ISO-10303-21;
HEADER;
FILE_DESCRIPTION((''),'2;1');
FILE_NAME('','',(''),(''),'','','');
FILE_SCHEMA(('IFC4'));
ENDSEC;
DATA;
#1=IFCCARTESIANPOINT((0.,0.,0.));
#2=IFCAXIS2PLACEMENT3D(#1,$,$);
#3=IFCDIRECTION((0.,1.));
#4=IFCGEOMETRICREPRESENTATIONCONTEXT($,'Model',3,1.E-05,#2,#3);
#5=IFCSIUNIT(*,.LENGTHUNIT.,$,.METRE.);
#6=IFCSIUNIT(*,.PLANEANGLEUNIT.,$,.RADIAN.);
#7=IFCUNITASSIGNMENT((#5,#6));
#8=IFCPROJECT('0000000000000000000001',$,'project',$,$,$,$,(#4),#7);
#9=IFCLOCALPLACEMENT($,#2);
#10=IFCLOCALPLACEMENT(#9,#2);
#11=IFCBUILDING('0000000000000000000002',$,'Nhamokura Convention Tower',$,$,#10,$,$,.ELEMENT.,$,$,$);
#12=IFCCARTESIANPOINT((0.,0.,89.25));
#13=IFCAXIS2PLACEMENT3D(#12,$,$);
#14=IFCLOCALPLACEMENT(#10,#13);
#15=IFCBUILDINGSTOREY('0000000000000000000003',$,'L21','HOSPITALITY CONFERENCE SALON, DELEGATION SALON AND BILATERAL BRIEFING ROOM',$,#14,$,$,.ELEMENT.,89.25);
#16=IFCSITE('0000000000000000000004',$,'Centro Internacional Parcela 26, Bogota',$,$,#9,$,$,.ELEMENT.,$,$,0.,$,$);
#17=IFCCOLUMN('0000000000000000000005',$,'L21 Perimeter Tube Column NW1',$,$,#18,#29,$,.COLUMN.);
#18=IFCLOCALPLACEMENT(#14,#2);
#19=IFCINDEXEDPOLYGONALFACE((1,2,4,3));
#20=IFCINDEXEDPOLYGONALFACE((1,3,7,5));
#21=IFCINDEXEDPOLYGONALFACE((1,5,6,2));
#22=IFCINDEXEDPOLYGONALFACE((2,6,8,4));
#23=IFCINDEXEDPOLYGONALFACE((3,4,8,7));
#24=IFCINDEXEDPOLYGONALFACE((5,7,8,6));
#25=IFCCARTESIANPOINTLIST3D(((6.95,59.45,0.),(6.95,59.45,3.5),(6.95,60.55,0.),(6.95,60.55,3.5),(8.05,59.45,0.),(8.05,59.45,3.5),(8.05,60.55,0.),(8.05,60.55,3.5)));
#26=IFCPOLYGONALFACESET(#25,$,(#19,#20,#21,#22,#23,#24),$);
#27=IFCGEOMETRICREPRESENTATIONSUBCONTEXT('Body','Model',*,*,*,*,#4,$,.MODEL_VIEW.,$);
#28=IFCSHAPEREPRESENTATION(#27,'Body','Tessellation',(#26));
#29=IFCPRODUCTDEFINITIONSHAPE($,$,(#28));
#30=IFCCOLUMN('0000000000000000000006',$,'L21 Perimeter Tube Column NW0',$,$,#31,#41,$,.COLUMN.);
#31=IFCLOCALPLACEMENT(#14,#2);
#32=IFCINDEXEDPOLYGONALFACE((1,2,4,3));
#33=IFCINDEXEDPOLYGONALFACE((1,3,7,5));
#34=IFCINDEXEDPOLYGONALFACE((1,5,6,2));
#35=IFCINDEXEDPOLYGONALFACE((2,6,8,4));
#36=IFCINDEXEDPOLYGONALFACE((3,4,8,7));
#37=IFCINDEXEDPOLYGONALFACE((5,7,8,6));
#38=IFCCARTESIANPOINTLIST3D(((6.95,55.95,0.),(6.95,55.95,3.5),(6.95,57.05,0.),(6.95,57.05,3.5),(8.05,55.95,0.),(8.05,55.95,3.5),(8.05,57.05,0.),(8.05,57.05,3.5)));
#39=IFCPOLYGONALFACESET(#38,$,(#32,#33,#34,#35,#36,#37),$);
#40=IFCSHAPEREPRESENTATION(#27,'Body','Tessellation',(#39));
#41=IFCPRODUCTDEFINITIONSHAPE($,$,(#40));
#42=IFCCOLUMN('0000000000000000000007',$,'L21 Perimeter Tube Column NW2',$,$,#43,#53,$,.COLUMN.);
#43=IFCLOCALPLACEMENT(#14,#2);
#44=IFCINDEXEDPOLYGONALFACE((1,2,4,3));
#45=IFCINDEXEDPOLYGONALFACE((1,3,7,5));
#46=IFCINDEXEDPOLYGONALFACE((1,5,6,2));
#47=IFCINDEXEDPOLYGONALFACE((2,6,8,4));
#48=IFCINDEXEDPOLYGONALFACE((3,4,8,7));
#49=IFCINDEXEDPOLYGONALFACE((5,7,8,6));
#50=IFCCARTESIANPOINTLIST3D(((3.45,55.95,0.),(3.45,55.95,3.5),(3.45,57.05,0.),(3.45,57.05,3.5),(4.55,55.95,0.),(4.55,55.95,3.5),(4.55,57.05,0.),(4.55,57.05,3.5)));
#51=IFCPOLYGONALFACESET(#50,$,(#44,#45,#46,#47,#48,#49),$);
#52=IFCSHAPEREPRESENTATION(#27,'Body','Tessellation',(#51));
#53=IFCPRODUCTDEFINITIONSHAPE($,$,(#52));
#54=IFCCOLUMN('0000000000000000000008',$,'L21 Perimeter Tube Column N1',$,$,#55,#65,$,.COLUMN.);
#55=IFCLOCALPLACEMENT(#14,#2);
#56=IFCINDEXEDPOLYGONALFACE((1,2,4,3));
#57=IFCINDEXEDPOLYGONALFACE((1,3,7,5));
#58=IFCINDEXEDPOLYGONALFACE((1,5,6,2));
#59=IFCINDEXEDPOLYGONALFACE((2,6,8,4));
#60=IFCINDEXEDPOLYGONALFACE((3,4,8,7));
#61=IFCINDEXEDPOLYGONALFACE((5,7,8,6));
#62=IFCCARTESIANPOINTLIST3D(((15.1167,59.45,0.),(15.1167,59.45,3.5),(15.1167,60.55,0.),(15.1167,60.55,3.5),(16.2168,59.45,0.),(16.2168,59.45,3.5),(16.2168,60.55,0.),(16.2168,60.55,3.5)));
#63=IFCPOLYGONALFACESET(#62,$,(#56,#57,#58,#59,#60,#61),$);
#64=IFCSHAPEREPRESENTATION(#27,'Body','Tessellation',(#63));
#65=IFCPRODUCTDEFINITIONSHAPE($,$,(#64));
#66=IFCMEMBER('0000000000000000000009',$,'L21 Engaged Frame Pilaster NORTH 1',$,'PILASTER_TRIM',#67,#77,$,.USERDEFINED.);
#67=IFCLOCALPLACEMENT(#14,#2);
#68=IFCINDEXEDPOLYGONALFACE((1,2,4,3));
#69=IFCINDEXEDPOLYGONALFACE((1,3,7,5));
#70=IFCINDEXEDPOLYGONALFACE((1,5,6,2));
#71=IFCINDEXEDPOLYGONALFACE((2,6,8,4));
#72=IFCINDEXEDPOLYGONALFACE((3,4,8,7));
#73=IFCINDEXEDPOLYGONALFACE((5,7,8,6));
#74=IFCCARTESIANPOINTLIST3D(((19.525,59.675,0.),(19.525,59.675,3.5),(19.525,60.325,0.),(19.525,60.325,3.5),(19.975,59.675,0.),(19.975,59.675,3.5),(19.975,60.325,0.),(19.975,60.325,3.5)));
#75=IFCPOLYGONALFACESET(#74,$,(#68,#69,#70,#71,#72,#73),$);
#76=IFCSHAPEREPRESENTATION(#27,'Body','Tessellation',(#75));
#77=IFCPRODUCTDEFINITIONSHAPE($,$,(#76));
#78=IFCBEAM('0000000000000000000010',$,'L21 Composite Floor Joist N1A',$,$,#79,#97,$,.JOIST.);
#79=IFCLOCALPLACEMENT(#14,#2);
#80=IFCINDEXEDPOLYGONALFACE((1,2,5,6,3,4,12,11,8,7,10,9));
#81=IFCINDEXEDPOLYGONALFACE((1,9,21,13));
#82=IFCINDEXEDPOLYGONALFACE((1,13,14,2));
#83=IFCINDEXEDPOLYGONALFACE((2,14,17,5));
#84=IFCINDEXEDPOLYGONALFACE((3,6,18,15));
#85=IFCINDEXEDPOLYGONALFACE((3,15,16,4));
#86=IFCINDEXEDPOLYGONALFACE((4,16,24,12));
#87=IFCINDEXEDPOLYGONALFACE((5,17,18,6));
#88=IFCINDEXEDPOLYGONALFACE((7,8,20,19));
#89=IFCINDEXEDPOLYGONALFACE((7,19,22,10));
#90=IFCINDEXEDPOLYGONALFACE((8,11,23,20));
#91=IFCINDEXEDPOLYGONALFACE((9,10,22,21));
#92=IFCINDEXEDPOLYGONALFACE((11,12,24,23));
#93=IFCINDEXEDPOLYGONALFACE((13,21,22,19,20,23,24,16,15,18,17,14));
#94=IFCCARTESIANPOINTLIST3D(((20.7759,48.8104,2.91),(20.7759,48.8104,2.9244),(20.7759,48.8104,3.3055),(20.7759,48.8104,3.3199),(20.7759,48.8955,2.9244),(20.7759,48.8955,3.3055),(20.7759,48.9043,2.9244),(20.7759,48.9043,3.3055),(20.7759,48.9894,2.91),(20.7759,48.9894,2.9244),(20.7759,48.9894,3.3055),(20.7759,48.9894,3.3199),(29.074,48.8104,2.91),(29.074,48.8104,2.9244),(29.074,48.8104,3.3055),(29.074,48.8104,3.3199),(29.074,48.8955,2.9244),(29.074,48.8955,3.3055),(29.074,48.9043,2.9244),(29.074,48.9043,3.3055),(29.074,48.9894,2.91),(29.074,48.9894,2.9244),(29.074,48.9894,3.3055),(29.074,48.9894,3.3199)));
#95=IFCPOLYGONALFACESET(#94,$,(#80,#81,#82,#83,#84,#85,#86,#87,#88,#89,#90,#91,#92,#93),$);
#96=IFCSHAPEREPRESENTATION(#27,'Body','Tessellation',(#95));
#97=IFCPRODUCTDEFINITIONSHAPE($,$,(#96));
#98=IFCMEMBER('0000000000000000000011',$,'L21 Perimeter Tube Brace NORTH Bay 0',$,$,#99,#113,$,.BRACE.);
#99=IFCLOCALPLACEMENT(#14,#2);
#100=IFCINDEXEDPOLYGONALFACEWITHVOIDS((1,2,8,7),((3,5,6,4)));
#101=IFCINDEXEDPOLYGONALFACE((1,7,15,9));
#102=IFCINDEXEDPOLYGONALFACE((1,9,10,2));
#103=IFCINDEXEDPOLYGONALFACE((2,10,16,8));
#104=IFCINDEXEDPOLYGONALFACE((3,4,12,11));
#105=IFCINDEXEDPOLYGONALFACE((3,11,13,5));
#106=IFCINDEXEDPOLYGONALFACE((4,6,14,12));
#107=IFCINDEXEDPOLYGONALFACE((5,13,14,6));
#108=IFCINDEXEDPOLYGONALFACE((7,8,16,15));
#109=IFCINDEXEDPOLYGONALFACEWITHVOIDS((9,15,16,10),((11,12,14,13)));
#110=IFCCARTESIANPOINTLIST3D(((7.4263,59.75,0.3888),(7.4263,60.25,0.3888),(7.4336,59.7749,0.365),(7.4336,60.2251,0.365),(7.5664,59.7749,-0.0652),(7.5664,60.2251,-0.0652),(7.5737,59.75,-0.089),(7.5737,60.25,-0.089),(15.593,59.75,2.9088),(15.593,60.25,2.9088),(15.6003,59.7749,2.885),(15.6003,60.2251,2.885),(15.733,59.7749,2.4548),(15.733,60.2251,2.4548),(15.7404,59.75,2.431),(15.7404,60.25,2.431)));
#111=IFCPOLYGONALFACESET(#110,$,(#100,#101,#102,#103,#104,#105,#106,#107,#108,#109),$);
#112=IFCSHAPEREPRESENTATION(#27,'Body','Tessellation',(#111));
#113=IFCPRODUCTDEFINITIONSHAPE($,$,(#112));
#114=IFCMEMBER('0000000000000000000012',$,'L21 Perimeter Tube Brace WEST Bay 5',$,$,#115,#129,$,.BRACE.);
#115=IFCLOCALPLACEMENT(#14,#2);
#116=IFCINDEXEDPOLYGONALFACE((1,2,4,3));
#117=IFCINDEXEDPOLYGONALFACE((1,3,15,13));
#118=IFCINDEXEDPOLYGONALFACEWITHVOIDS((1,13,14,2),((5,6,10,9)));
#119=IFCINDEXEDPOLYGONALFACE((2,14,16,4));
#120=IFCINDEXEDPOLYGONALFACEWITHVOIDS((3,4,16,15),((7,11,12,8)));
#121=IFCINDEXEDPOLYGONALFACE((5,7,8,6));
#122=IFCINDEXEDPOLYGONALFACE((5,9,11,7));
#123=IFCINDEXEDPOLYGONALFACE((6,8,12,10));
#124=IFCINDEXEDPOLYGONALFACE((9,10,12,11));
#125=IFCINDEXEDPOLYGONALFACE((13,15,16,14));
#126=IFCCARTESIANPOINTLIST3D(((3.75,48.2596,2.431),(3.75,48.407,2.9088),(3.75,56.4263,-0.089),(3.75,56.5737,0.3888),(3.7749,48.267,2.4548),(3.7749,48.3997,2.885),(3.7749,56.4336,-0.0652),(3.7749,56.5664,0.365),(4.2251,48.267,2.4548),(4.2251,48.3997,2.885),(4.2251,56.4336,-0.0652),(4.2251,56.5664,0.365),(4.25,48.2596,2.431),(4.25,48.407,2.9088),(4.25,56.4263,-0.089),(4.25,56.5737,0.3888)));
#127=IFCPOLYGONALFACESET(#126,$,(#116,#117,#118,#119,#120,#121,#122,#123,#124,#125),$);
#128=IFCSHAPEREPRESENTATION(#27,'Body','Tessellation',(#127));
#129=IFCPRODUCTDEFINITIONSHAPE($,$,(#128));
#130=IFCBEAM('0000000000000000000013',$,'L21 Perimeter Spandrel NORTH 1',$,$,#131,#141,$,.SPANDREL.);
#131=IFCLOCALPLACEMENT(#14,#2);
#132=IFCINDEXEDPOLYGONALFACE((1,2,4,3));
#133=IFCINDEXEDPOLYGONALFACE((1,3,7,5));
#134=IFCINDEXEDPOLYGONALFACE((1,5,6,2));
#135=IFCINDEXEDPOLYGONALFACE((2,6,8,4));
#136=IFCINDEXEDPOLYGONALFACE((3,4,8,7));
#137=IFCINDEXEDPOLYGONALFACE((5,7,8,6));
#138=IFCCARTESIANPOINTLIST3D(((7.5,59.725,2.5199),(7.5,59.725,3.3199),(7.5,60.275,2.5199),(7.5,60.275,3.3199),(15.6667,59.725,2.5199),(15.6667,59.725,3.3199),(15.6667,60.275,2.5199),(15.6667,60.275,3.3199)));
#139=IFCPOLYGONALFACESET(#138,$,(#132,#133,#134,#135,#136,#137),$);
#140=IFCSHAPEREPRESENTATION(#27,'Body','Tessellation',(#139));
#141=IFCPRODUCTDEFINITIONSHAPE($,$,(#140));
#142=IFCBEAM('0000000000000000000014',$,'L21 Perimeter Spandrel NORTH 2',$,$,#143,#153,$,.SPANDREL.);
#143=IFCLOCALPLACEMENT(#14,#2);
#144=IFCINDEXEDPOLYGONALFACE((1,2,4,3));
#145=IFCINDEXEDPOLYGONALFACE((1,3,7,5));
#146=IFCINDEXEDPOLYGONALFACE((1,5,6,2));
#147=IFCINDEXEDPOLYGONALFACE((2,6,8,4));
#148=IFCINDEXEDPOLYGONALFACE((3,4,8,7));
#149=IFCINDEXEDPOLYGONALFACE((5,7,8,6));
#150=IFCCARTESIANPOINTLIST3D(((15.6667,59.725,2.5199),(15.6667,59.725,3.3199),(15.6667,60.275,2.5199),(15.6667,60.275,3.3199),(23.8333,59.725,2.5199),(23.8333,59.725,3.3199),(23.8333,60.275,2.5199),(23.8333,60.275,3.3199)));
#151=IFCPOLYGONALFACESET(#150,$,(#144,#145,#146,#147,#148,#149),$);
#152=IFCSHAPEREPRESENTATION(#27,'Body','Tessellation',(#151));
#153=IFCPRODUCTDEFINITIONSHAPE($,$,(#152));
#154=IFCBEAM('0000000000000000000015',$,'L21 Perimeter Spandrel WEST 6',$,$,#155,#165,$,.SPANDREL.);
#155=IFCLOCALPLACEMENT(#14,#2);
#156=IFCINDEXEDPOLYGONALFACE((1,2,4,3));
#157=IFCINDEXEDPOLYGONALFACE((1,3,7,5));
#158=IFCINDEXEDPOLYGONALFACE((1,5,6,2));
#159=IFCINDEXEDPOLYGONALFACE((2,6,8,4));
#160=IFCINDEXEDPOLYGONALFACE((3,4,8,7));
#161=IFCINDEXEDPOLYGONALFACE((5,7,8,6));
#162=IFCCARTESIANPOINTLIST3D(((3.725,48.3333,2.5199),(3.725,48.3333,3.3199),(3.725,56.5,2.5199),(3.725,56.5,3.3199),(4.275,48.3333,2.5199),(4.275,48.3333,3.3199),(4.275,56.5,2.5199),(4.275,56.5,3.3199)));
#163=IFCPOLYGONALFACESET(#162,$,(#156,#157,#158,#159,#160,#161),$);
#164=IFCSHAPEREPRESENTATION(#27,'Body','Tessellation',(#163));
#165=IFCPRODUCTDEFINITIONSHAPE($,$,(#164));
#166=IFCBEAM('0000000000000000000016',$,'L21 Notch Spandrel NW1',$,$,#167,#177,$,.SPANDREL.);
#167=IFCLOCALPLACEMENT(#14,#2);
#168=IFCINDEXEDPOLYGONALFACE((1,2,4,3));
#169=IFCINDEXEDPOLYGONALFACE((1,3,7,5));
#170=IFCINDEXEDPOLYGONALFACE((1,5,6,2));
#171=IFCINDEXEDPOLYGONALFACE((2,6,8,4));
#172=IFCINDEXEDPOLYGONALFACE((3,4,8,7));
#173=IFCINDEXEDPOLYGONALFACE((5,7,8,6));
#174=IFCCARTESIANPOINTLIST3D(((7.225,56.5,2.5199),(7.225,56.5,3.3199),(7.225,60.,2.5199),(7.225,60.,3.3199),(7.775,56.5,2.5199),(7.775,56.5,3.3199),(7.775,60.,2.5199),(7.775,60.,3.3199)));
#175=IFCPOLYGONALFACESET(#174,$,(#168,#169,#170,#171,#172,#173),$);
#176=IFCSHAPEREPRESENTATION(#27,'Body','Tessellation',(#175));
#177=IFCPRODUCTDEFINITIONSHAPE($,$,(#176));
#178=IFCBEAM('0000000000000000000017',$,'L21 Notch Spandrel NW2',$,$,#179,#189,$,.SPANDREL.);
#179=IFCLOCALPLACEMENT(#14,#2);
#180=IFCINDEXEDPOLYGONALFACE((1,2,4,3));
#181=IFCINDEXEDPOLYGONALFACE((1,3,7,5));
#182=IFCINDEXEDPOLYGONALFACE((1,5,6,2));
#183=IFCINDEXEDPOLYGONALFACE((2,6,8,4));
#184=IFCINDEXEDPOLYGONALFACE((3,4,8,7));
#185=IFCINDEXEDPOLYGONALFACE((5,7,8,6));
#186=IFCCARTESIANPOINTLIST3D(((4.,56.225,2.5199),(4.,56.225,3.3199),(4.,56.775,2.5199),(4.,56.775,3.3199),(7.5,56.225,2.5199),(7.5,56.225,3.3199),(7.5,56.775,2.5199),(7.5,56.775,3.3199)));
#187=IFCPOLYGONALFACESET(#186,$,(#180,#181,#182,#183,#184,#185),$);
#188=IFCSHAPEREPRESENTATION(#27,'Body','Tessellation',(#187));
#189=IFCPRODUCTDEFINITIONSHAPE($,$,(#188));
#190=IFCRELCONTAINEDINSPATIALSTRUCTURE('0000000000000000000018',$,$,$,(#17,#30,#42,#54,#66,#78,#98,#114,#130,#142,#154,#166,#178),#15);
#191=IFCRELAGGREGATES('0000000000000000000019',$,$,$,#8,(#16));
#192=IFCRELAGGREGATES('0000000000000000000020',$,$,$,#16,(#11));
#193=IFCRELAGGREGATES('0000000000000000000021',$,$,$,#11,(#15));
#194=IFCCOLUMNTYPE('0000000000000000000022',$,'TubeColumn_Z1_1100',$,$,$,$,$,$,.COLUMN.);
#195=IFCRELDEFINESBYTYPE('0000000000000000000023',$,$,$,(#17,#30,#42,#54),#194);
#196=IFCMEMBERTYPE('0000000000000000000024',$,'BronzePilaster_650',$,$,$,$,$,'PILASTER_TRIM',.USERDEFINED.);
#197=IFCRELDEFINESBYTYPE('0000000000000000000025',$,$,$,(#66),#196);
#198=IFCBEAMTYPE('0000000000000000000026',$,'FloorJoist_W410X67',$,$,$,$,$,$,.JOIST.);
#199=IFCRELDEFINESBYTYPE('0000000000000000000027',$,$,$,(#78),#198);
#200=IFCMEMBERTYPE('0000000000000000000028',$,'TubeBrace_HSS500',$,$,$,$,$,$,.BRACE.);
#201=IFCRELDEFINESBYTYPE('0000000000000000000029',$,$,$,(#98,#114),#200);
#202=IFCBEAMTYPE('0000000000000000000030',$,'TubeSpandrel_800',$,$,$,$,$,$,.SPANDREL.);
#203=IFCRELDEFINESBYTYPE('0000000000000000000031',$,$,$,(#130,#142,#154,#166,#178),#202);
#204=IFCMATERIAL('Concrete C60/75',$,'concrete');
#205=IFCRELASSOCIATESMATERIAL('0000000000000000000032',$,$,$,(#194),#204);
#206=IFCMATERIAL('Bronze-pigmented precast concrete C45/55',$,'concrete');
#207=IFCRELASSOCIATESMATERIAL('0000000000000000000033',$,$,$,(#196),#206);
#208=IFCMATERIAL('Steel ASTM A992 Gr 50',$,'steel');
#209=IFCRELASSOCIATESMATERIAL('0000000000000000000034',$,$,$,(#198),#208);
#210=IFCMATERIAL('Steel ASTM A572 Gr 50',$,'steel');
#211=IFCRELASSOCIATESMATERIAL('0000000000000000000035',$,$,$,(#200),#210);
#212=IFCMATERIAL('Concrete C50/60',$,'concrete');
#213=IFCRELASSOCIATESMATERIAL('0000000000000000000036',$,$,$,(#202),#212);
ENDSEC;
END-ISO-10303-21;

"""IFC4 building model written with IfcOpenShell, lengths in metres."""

from ifc_helpers import new_model, si_unit, direction, frame, origin, origin_2d, place, context, subcontext, project, spatial, rectangle, hollow_rectangle, i_section, extrude, material, material_profile, profile_set, type_object, element, save


model = new_model("IFC4")

# Units and contexts
model_context = context("Model", 3, precision=1e-05, world=origin(), true_north=direction((0.0, 1.0)))
body_context = subcontext(model_context, "Body", "Model", "MODEL_VIEW")
ifc_project = project(units=[si_unit("LENGTHUNIT", "METRE"), si_unit("PLANEANGLEUNIT", "RADIAN")], contexts=[model_context])

# Site, building, storey
site_placement = place(None, origin())
site = spatial("IfcSite", under=ifc_project, at=site_placement, Name="Centro Internacional Parcela 26, Bogota", CompositionType="ELEMENT", RefElevation=0.0)
building_placement = place(site_placement, origin())
building = spatial("IfcBuilding", under=site, at=building_placement, Name="Nhamokura Convention Tower", CompositionType="ELEMENT")
storey_placement = place(building_placement, frame((0.0, 0.0, 89.25)))
storey = spatial("IfcBuildingStorey", under=building, at=storey_placement, Name="L21", Description="HOSPITALITY CONFERENCE SALON, DELEGATION SALON AND BILATERAL BRIEFING ROOM", CompositionType="ELEMENT", Elevation=89.25)

# Columns
ifc_material_1 = material(Name="Concrete C60/75", Category="concrete")
ifc_material_profile_1 = material_profile(ifc_material_1, rectangle(XDim=1.1001, YDim=1.1001, at=origin_2d()))
ifc_profile_set_1 = profile_set([ifc_material_profile_1], Name="Concrete C60/75")
column_type = type_object("IfcColumnType", Name="TubeColumn_Z1_1100", PredefinedType="COLUMN", material=ifc_profile_set_1)
for number, where, z_axis, x_axis, name in (
    (1, (7.5, 60.0, 0.0), (0.0, 0.0, 1.0), (1.0, 0.0, 0.0), "L21 Perimeter Tube Column NW1"),
    (2, (7.5, 56.5, 0.0), (0.0, 0.0, 1.0), (1.0, 0.0, 0.0), "L21 Perimeter Tube Column NW0"),
    (3, (4.0, 56.5, 0.0), (0.0, 0.0, 1.0), (1.0, 0.0, 0.0), "L21 Perimeter Tube Column NW2"),
    (4, (15.6667, 60.0, 0.0), (0.0, 0.0, 1.0), (1.0, 0.0, 0.0), "L21 Perimeter Tube Column N1"),
):
    element("IfcColumn", number, at=place(storey_placement, frame(where, z_axis=z_axis, x_axis=x_axis)), inside=storey, type_object=column_type, Name=name, PredefinedType="COLUMN", context=body_context, shape_type="SweptSolid", body=[
        extrude(rectangle(XDim=1.1001, YDim=1.1001, at=origin_2d()), origin(), (0.0, 0.0, 1.0), 3.5),
    ])

# Member
ifc_material_2 = material(Name="Bronze-pigmented precast concrete C45/55", Category="concrete")
ifc_material_profile_2 = material_profile(ifc_material_2, rectangle(XDim=0.45, YDim=0.6499, at=origin_2d()))
ifc_profile_set_2 = profile_set([ifc_material_profile_2], Name="Bronze-pigmented precast concrete C45/55")
member_type_1 = type_object("IfcMemberType", Name="BronzePilaster_650", ElementType="PILASTER_TRIM", PredefinedType="USERDEFINED", material=ifc_profile_set_2)
member_placement = place(storey_placement, frame((19.75, 60.0, 0.0), z_axis=(0.0, 0.0, 1.0), x_axis=(1.0, 0.0, 0.0)))
element("IfcMember", 5, at=member_placement, inside=storey, type_object=member_type_1, Name="L21 Engaged Frame Pilaster NORTH 1", ObjectType="PILASTER_TRIM", PredefinedType="USERDEFINED", context=body_context, shape_type="SweptSolid", body=[
    extrude(rectangle(XDim=0.45, YDim=0.6499, at=origin_2d()), origin(), (0.0, 0.0, 1.0), 3.5),
])

# Beam
ifc_material_3 = material(Name="Steel ASTM A992 Gr 50", Category="steel")
ifc_material_profile_3 = material_profile(ifc_material_3, i_section(OverallWidth=0.179, OverallDepth=0.4099, WebThickness=0.0088, FlangeThickness=0.0144, at=origin_2d()))
ifc_profile_set_3 = profile_set([ifc_material_profile_3], Name="Steel ASTM A992 Gr 50")
beam_type_1 = type_object("IfcBeamType", Name="FloorJoist_W410X67", PredefinedType="JOIST", material=ifc_profile_set_3)
beam_1_placement = place(storey_placement, frame((20.7759, 48.8999, 3.115), z_axis=(1.0, 0.0, 0.0), x_axis=(0.0, 1.0, 0.0)))
element("IfcBeam", 6, at=beam_1_placement, inside=storey, type_object=beam_type_1, Name="L21 Composite Floor Joist N1A", PredefinedType="JOIST", context=body_context, shape_type="SweptSolid", body=[
    extrude(i_section(OverallWidth=0.179, OverallDepth=0.4099, WebThickness=0.0088, FlangeThickness=0.0144, at=origin_2d()), origin(), (0.0, 0.0, 1.0), 8.2981),
])

# Members
ifc_material_4 = material(Name="Steel ASTM A572 Gr 50", Category="steel")
ifc_material_profile_4 = material_profile(ifc_material_4, hollow_rectangle(XDim=0.5, YDim=0.5, WallThickness=0.0249, at=origin_2d()))
ifc_profile_set_4 = profile_set([ifc_material_profile_4], Name="Steel ASTM A572 Gr 50")
member_type_2 = type_object("IfcMemberType", Name="TubeBrace_HSS500", PredefinedType="BRACE", material=ifc_profile_set_4)
for number, where, z_axis, x_axis, name in (
    (7, (7.5, 60.0, 0.1499), (0.955543, 0.0, 0.294853), (0.0, 1.0, 0.0), "L21 Perimeter Tube Brace NORTH Bay 0"),
    (8, (4.0, 56.5, 0.1499), (0.0, -0.955543, 0.294853), (1.0, 0.0, 0.0), "L21 Perimeter Tube Brace WEST Bay 5"),
):
    element("IfcMember", number, at=place(storey_placement, frame(where, z_axis=z_axis, x_axis=x_axis)), inside=storey, type_object=member_type_2, Name=name, PredefinedType="BRACE", context=body_context, shape_type="SweptSolid", body=[
        extrude(hollow_rectangle(XDim=0.5, YDim=0.5, WallThickness=0.0249, at=origin_2d()), origin(), (0.0, 0.0, 1.0), 8.5466),
    ])

# Beams
ifc_material_5 = material(Name="Concrete C50/60", Category="concrete")
ifc_material_profile_5 = material_profile(ifc_material_5, rectangle(XDim=0.55, YDim=0.8, at=origin_2d()))
ifc_profile_set_5 = profile_set([ifc_material_profile_5], Name="Concrete C50/60")
beam_type_2 = type_object("IfcBeamType", Name="TubeSpandrel_800", PredefinedType="SPANDREL", material=ifc_profile_set_5)
beam_2_placement = place(storey_placement, frame((7.5, 60.0, 2.9199), z_axis=(1.0, 0.0, 0.0), x_axis=(0.0, 1.0, 0.0)))
element("IfcBeam", 9, at=beam_2_placement, inside=storey, type_object=beam_type_2, Name="L21 Perimeter Spandrel NORTH 1", PredefinedType="SPANDREL", context=body_context, shape_type="SweptSolid", body=[
    extrude(rectangle(XDim=0.55, YDim=0.8, at=origin_2d()), origin(), (0.0, 0.0, 1.0), 8.1667),
])
beam_3_placement = place(storey_placement, frame((15.6667, 60.0, 2.9199), z_axis=(1.0, 0.0, 0.0), x_axis=(0.0, 1.0, 0.0)))
element("IfcBeam", 10, at=beam_3_placement, inside=storey, type_object=beam_type_2, Name="L21 Perimeter Spandrel NORTH 2", PredefinedType="SPANDREL", context=body_context, shape_type="SweptSolid", body=[
    extrude(rectangle(XDim=0.55, YDim=0.8, at=origin_2d()), origin(), (0.0, 0.0, 1.0), 8.1665),
])
beam_4_placement = place(storey_placement, frame((4.0, 48.3333, 2.9199), z_axis=(0.0, 1.0, 0.0), x_axis=(-1.0, 0.0, 0.0)))
element("IfcBeam", 11, at=beam_4_placement, inside=storey, type_object=beam_type_2, Name="L21 Perimeter Spandrel WEST 6", PredefinedType="SPANDREL", context=body_context, shape_type="SweptSolid", body=[
    extrude(rectangle(XDim=0.55, YDim=0.8, at=origin_2d()), origin(), (0.0, 0.0, 1.0), 8.1667),
])
for number, where, z_axis, x_axis, name in (
    (12, (7.5, 60.0, 2.9199), (0.0, -1.0, 0.0), (1.0, 0.0, 0.0), "L21 Notch Spandrel NW1"),
    (13, (7.5, 56.5, 2.9199), (-1.0, 0.0, 0.0), (0.0, -1.0, 0.0), "L21 Notch Spandrel NW2"),
):
    element("IfcBeam", number, at=place(storey_placement, frame(where, z_axis=z_axis, x_axis=x_axis)), inside=storey, type_object=beam_type_2, Name=name, PredefinedType="SPANDREL", context=body_context, shape_type="SweptSolid", body=[
        extrude(rectangle(XDim=0.55, YDim=0.8, at=origin_2d()), origin(), (0.0, 0.0, 1.0), 3.5),
    ])

save(model, "model.ifc")
